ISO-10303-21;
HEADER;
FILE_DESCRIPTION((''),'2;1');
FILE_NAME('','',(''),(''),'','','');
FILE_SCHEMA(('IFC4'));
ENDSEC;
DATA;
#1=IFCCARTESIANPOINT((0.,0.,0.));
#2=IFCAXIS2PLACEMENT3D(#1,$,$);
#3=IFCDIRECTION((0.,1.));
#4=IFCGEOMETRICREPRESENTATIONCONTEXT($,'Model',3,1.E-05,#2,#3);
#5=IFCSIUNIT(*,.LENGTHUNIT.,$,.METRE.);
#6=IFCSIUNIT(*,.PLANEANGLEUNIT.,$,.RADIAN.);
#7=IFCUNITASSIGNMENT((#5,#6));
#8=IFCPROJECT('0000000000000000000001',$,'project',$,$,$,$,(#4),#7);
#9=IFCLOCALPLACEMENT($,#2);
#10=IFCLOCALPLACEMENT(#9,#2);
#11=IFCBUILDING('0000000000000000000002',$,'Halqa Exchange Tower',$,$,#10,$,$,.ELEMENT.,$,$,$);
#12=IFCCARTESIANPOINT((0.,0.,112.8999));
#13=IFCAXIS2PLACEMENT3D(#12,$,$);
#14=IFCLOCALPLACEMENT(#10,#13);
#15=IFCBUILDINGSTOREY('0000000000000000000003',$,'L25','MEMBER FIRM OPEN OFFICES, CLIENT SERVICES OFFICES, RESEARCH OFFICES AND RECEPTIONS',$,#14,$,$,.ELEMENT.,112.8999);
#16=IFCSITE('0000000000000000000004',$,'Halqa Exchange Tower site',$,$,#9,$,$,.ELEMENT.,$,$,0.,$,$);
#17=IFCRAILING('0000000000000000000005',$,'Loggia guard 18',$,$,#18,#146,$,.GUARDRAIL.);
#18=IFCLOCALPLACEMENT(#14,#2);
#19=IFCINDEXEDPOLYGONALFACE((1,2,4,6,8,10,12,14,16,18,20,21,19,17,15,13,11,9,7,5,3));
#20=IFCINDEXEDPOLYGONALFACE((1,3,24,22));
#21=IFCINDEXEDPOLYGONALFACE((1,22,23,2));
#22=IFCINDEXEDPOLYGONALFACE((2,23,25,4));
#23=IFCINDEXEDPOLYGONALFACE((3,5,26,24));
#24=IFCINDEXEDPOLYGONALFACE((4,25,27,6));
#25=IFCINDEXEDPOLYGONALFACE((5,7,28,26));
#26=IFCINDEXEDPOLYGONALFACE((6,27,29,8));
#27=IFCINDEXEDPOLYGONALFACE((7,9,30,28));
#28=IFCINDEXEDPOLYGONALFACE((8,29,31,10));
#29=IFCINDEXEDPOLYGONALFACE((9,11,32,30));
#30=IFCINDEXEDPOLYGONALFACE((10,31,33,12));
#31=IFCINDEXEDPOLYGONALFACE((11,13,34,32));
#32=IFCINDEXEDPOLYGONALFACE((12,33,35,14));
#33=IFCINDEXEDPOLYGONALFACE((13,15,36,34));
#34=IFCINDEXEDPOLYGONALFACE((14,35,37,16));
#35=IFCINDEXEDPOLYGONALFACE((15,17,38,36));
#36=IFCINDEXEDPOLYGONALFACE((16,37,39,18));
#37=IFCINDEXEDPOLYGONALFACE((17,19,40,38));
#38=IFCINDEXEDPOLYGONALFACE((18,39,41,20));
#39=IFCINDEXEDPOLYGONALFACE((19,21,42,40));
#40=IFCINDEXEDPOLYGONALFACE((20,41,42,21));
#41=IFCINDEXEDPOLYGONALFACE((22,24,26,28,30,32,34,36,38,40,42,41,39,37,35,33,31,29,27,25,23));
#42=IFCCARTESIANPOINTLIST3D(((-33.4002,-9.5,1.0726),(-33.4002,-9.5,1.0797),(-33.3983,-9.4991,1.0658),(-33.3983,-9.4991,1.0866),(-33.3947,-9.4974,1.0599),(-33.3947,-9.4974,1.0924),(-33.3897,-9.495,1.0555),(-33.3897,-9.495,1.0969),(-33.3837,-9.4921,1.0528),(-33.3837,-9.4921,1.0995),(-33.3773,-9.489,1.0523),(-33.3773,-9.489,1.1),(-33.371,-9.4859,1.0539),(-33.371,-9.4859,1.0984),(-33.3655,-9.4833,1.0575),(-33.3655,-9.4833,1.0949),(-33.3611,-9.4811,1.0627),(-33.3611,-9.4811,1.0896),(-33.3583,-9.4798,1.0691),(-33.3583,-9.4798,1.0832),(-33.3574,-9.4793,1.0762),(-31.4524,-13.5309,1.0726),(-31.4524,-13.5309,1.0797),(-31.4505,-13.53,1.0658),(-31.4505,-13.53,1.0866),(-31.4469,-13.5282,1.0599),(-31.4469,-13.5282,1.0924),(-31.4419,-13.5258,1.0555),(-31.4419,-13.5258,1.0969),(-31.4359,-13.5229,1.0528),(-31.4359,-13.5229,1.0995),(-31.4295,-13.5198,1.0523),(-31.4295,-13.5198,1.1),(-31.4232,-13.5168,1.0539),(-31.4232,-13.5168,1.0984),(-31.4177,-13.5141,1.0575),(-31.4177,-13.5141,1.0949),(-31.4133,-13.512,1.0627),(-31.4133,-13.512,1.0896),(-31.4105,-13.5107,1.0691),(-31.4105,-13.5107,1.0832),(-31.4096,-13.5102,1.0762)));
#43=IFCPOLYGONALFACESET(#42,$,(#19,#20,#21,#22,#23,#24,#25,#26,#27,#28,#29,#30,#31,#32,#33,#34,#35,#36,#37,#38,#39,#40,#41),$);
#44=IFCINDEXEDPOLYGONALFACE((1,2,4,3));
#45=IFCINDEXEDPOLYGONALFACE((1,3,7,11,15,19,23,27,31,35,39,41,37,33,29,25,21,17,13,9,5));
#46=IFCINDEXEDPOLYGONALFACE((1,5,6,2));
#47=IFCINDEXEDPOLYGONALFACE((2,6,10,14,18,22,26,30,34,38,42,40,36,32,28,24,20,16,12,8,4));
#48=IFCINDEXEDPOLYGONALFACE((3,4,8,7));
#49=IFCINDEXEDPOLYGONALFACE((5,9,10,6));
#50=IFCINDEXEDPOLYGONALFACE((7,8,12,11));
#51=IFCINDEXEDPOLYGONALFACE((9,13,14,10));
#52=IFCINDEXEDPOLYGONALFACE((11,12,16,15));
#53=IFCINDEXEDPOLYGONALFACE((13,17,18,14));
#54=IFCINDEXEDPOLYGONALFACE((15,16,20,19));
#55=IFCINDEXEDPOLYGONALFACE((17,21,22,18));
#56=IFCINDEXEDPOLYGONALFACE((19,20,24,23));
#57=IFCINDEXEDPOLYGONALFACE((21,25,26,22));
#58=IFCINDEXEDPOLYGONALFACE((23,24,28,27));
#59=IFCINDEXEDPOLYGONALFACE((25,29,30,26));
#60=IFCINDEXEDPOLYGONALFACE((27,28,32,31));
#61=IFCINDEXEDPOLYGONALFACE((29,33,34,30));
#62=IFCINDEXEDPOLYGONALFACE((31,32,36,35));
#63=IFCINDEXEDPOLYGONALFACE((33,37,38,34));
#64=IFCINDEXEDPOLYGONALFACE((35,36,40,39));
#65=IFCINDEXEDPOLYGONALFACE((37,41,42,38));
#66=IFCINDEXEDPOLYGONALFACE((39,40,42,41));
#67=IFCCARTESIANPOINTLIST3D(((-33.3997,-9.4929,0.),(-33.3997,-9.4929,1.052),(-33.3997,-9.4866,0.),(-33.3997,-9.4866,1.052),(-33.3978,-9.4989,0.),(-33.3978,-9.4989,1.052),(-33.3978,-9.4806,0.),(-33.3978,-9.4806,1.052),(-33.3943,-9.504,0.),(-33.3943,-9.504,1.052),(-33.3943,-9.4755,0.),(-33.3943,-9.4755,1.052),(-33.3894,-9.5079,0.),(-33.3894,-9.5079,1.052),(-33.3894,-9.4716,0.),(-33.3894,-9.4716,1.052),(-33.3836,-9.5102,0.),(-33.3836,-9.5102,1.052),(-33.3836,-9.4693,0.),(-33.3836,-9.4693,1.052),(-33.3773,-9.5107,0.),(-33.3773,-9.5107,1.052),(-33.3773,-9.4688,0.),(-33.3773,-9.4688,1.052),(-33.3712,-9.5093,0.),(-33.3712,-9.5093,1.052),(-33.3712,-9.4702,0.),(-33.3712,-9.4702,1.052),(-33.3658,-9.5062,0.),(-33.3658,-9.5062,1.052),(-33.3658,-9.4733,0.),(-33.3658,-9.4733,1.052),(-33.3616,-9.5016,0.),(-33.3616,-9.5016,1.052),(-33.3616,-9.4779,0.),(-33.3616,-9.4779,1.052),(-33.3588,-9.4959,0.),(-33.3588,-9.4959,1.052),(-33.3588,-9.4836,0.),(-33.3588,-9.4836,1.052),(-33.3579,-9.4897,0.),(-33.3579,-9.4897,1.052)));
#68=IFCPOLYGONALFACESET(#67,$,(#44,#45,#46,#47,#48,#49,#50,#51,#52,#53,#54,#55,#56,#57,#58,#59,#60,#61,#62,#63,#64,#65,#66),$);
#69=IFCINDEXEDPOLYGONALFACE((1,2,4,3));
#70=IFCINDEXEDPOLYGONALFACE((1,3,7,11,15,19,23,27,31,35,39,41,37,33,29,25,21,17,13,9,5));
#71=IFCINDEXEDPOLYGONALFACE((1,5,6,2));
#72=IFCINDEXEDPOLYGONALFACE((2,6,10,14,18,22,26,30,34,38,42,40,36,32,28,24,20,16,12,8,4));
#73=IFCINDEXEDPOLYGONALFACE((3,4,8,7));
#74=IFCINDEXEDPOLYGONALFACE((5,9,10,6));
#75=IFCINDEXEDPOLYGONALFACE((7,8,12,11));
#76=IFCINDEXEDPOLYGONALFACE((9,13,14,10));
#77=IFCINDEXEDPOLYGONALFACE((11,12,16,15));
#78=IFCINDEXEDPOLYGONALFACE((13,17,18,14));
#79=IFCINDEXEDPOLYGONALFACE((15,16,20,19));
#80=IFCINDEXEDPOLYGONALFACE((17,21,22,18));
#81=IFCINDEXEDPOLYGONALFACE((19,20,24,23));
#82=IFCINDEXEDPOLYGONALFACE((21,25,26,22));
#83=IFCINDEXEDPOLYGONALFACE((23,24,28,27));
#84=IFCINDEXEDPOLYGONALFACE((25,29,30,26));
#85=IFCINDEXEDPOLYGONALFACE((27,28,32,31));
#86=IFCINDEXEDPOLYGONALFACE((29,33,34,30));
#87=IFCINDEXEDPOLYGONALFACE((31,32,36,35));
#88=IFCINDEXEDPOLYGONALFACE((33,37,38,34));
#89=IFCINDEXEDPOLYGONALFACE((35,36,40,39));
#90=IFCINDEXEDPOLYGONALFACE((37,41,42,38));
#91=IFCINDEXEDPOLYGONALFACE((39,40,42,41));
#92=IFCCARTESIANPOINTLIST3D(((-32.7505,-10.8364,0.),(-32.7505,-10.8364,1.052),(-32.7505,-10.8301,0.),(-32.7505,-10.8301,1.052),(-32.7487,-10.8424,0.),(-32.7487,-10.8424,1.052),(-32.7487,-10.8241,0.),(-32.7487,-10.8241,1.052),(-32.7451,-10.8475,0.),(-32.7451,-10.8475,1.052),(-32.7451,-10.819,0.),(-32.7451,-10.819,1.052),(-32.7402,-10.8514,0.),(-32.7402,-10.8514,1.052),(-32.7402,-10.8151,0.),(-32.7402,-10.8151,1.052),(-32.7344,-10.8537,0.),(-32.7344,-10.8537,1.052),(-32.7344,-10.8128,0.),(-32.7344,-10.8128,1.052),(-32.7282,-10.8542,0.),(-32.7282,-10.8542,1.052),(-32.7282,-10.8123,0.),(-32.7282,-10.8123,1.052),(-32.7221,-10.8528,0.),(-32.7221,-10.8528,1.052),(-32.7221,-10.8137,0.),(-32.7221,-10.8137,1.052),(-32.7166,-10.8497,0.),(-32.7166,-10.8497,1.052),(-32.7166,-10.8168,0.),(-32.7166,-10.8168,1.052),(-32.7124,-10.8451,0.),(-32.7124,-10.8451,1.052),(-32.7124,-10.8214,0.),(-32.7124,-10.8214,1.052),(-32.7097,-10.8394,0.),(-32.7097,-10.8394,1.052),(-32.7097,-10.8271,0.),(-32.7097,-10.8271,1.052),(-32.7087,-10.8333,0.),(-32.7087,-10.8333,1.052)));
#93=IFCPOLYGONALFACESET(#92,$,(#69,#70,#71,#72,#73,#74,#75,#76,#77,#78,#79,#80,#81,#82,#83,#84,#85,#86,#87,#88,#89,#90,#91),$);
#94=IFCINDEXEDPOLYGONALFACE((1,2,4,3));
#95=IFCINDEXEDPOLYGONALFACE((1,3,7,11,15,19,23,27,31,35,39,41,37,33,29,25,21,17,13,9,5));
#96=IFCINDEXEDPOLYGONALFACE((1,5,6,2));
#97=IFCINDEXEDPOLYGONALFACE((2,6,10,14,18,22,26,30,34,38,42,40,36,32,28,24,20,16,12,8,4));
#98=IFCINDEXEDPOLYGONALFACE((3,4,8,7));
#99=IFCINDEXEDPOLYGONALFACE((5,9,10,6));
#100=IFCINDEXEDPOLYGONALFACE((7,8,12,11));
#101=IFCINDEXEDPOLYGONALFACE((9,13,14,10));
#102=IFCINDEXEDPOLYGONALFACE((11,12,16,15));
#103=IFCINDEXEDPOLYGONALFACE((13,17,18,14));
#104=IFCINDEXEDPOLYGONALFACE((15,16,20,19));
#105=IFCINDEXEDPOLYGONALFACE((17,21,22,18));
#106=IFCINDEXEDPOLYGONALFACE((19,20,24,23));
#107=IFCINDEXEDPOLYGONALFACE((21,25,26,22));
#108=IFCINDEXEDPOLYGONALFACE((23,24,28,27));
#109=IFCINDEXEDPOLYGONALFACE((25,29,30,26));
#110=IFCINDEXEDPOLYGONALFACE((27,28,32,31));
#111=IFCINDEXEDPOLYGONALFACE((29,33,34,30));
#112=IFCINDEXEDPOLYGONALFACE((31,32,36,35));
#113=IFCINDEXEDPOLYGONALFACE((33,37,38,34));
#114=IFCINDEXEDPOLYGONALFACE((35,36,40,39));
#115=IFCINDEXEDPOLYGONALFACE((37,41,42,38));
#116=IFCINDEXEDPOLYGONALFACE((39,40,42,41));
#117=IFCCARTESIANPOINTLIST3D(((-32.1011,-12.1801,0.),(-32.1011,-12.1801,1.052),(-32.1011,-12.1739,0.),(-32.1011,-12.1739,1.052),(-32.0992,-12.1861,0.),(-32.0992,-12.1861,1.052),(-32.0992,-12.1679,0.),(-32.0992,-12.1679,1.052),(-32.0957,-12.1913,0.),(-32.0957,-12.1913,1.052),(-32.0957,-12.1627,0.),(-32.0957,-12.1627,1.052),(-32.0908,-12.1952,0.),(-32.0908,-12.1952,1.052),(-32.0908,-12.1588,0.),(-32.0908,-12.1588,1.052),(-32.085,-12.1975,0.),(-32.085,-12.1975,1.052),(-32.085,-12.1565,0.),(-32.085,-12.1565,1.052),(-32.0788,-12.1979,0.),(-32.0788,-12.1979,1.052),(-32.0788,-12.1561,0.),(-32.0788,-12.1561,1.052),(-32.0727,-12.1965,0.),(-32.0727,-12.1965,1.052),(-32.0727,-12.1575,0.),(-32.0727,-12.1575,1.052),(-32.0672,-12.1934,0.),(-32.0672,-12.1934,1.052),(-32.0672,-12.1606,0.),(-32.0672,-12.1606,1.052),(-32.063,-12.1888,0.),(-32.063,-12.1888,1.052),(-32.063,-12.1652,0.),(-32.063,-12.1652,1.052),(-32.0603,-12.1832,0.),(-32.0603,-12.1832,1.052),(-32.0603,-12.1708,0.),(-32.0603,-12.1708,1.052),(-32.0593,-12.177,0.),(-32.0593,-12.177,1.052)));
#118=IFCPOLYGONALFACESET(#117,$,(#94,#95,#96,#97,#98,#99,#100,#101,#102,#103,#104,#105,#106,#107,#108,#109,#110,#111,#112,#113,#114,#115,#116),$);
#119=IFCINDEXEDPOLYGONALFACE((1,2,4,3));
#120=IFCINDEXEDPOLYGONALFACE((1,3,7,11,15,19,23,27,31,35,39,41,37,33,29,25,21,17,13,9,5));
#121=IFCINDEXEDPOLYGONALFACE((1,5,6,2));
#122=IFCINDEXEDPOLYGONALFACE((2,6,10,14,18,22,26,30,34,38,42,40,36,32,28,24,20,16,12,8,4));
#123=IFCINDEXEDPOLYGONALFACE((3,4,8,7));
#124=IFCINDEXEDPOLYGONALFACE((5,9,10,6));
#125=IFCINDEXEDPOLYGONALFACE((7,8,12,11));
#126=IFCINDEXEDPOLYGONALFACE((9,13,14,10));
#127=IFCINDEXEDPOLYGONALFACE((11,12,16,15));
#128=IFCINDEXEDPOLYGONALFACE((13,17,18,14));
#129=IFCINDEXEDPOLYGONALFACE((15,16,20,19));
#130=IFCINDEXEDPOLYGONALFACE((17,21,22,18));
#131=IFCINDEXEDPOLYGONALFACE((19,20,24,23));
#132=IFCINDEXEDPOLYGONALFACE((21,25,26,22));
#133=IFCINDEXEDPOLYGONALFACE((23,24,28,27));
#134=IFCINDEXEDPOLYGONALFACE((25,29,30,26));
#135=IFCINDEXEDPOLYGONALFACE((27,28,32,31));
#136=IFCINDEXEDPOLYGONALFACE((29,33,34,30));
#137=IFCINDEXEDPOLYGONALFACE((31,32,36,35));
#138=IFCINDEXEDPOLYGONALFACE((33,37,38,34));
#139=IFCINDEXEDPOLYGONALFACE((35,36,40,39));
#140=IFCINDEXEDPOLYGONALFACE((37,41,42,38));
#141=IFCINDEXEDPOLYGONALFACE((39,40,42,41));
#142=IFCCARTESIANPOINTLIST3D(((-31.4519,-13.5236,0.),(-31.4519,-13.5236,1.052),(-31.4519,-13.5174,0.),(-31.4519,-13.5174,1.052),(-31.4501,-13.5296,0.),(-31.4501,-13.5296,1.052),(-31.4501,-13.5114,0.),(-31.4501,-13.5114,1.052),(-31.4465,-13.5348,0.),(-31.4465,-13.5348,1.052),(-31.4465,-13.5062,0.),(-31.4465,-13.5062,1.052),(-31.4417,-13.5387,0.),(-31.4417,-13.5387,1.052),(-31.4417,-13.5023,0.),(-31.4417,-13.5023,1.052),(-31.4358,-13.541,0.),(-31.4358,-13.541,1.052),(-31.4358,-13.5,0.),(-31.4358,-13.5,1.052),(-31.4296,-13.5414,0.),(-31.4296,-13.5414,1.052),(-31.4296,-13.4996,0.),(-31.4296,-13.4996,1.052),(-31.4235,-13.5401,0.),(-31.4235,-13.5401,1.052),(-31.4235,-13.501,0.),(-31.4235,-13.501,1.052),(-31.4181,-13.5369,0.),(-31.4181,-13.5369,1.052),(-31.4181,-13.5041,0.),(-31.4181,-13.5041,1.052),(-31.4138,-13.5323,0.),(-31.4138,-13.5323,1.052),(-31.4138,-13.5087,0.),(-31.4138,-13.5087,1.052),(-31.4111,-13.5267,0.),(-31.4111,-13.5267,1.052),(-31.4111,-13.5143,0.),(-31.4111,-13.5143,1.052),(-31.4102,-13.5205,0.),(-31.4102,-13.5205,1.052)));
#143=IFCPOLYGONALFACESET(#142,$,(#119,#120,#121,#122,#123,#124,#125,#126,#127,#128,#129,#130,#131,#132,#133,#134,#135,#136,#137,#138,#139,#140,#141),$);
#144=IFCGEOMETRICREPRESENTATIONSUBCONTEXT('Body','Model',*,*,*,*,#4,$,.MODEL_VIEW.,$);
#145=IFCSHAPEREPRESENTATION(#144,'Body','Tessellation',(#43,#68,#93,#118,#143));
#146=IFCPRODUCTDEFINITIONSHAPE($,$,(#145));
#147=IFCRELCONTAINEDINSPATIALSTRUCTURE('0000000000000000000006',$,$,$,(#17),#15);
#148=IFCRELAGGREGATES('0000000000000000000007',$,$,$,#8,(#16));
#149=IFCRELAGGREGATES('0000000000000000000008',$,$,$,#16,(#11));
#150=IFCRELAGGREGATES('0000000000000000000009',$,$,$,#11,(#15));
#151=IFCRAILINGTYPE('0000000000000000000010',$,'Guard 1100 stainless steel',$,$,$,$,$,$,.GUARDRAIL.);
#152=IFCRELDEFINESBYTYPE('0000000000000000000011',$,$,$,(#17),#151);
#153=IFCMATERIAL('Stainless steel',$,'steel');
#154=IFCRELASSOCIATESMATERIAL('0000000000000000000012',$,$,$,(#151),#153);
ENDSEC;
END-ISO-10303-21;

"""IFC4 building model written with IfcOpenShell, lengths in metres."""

from ifc_helpers import new_model, si_unit, direction, frame, origin, origin_2d, place, context, subcontext, project, spatial, circle, extrude, material, type_object, element, save


model = new_model("IFC4")

# Units and contexts
model_context = context("Model", 3, precision=1e-05, world=origin(), true_north=direction((0.0, 1.0)))
body_context = subcontext(model_context, "Body", "Model", "MODEL_VIEW")
ifc_project = project(units=[si_unit("LENGTHUNIT", "METRE"), si_unit("PLANEANGLEUNIT", "RADIAN")], contexts=[model_context])

# Site, building, storey
site_placement = place(None, origin())
site = spatial("IfcSite", under=ifc_project, at=site_placement, Name="Halqa Exchange Tower site", CompositionType="ELEMENT", RefElevation=0.0)
building_placement = place(site_placement, origin())
building = spatial("IfcBuilding", under=site, at=building_placement, Name="Halqa Exchange Tower", CompositionType="ELEMENT")
storey_placement = place(building_placement, frame((0.0, 0.0, 112.8999)))
storey = spatial("IfcBuildingStorey", under=building, at=storey_placement, Name="L25", Description="MEMBER FIRM OPEN OFFICES, CLIENT SERVICES OFFICES, RESEARCH OFFICES AND RECEPTIONS", CompositionType="ELEMENT", Elevation=112.8999)

# Railing
ifc_material_1 = material(Name="Stainless steel", Category="steel")
railing_type = type_object("IfcRailingType", Name="Guard 1100 stainless steel", PredefinedType="GUARDRAIL", material=ifc_material_1)
railing_1_placement = place(storey_placement, frame((-33.3789, -9.4897, 0.0)))
element("IfcRailing", 1, at=railing_1_placement, inside=storey, type_object=railing_type, Name="Loggia guard 18", PredefinedType="GUARDRAIL", context=body_context, shape_type="SweptSolid", body=[
    extrude(circle(Radius=0.0239, at=origin_2d()), frame((0.0, 0.0, 1.0762), z_axis=(0.435088, -0.900388, 0.0), x_axis=(0.900388, 0.435088, 0.0)), (0.0, 0.0, 1.0), 4.4768),
    extrude(circle(Radius=0.021, at=origin_2d()), origin(), (0.0, 0.0, 1.0), 1.052),
    extrude(circle(Radius=0.021, at=origin_2d()), frame((0.6492, -1.3435, 0.0)), (0.0, 0.0, 1.0), 1.052),
    extrude(circle(Radius=0.021, at=origin_2d()), frame((1.2986, -2.6873, 0.0)), (0.0, 0.0, 1.0), 1.052),
    extrude(circle(Radius=0.021, at=origin_2d()), frame((1.9478, -4.0308, 0.0)), (0.0, 0.0, 1.0), 1.052),
])

save(model, "model.ifc")
